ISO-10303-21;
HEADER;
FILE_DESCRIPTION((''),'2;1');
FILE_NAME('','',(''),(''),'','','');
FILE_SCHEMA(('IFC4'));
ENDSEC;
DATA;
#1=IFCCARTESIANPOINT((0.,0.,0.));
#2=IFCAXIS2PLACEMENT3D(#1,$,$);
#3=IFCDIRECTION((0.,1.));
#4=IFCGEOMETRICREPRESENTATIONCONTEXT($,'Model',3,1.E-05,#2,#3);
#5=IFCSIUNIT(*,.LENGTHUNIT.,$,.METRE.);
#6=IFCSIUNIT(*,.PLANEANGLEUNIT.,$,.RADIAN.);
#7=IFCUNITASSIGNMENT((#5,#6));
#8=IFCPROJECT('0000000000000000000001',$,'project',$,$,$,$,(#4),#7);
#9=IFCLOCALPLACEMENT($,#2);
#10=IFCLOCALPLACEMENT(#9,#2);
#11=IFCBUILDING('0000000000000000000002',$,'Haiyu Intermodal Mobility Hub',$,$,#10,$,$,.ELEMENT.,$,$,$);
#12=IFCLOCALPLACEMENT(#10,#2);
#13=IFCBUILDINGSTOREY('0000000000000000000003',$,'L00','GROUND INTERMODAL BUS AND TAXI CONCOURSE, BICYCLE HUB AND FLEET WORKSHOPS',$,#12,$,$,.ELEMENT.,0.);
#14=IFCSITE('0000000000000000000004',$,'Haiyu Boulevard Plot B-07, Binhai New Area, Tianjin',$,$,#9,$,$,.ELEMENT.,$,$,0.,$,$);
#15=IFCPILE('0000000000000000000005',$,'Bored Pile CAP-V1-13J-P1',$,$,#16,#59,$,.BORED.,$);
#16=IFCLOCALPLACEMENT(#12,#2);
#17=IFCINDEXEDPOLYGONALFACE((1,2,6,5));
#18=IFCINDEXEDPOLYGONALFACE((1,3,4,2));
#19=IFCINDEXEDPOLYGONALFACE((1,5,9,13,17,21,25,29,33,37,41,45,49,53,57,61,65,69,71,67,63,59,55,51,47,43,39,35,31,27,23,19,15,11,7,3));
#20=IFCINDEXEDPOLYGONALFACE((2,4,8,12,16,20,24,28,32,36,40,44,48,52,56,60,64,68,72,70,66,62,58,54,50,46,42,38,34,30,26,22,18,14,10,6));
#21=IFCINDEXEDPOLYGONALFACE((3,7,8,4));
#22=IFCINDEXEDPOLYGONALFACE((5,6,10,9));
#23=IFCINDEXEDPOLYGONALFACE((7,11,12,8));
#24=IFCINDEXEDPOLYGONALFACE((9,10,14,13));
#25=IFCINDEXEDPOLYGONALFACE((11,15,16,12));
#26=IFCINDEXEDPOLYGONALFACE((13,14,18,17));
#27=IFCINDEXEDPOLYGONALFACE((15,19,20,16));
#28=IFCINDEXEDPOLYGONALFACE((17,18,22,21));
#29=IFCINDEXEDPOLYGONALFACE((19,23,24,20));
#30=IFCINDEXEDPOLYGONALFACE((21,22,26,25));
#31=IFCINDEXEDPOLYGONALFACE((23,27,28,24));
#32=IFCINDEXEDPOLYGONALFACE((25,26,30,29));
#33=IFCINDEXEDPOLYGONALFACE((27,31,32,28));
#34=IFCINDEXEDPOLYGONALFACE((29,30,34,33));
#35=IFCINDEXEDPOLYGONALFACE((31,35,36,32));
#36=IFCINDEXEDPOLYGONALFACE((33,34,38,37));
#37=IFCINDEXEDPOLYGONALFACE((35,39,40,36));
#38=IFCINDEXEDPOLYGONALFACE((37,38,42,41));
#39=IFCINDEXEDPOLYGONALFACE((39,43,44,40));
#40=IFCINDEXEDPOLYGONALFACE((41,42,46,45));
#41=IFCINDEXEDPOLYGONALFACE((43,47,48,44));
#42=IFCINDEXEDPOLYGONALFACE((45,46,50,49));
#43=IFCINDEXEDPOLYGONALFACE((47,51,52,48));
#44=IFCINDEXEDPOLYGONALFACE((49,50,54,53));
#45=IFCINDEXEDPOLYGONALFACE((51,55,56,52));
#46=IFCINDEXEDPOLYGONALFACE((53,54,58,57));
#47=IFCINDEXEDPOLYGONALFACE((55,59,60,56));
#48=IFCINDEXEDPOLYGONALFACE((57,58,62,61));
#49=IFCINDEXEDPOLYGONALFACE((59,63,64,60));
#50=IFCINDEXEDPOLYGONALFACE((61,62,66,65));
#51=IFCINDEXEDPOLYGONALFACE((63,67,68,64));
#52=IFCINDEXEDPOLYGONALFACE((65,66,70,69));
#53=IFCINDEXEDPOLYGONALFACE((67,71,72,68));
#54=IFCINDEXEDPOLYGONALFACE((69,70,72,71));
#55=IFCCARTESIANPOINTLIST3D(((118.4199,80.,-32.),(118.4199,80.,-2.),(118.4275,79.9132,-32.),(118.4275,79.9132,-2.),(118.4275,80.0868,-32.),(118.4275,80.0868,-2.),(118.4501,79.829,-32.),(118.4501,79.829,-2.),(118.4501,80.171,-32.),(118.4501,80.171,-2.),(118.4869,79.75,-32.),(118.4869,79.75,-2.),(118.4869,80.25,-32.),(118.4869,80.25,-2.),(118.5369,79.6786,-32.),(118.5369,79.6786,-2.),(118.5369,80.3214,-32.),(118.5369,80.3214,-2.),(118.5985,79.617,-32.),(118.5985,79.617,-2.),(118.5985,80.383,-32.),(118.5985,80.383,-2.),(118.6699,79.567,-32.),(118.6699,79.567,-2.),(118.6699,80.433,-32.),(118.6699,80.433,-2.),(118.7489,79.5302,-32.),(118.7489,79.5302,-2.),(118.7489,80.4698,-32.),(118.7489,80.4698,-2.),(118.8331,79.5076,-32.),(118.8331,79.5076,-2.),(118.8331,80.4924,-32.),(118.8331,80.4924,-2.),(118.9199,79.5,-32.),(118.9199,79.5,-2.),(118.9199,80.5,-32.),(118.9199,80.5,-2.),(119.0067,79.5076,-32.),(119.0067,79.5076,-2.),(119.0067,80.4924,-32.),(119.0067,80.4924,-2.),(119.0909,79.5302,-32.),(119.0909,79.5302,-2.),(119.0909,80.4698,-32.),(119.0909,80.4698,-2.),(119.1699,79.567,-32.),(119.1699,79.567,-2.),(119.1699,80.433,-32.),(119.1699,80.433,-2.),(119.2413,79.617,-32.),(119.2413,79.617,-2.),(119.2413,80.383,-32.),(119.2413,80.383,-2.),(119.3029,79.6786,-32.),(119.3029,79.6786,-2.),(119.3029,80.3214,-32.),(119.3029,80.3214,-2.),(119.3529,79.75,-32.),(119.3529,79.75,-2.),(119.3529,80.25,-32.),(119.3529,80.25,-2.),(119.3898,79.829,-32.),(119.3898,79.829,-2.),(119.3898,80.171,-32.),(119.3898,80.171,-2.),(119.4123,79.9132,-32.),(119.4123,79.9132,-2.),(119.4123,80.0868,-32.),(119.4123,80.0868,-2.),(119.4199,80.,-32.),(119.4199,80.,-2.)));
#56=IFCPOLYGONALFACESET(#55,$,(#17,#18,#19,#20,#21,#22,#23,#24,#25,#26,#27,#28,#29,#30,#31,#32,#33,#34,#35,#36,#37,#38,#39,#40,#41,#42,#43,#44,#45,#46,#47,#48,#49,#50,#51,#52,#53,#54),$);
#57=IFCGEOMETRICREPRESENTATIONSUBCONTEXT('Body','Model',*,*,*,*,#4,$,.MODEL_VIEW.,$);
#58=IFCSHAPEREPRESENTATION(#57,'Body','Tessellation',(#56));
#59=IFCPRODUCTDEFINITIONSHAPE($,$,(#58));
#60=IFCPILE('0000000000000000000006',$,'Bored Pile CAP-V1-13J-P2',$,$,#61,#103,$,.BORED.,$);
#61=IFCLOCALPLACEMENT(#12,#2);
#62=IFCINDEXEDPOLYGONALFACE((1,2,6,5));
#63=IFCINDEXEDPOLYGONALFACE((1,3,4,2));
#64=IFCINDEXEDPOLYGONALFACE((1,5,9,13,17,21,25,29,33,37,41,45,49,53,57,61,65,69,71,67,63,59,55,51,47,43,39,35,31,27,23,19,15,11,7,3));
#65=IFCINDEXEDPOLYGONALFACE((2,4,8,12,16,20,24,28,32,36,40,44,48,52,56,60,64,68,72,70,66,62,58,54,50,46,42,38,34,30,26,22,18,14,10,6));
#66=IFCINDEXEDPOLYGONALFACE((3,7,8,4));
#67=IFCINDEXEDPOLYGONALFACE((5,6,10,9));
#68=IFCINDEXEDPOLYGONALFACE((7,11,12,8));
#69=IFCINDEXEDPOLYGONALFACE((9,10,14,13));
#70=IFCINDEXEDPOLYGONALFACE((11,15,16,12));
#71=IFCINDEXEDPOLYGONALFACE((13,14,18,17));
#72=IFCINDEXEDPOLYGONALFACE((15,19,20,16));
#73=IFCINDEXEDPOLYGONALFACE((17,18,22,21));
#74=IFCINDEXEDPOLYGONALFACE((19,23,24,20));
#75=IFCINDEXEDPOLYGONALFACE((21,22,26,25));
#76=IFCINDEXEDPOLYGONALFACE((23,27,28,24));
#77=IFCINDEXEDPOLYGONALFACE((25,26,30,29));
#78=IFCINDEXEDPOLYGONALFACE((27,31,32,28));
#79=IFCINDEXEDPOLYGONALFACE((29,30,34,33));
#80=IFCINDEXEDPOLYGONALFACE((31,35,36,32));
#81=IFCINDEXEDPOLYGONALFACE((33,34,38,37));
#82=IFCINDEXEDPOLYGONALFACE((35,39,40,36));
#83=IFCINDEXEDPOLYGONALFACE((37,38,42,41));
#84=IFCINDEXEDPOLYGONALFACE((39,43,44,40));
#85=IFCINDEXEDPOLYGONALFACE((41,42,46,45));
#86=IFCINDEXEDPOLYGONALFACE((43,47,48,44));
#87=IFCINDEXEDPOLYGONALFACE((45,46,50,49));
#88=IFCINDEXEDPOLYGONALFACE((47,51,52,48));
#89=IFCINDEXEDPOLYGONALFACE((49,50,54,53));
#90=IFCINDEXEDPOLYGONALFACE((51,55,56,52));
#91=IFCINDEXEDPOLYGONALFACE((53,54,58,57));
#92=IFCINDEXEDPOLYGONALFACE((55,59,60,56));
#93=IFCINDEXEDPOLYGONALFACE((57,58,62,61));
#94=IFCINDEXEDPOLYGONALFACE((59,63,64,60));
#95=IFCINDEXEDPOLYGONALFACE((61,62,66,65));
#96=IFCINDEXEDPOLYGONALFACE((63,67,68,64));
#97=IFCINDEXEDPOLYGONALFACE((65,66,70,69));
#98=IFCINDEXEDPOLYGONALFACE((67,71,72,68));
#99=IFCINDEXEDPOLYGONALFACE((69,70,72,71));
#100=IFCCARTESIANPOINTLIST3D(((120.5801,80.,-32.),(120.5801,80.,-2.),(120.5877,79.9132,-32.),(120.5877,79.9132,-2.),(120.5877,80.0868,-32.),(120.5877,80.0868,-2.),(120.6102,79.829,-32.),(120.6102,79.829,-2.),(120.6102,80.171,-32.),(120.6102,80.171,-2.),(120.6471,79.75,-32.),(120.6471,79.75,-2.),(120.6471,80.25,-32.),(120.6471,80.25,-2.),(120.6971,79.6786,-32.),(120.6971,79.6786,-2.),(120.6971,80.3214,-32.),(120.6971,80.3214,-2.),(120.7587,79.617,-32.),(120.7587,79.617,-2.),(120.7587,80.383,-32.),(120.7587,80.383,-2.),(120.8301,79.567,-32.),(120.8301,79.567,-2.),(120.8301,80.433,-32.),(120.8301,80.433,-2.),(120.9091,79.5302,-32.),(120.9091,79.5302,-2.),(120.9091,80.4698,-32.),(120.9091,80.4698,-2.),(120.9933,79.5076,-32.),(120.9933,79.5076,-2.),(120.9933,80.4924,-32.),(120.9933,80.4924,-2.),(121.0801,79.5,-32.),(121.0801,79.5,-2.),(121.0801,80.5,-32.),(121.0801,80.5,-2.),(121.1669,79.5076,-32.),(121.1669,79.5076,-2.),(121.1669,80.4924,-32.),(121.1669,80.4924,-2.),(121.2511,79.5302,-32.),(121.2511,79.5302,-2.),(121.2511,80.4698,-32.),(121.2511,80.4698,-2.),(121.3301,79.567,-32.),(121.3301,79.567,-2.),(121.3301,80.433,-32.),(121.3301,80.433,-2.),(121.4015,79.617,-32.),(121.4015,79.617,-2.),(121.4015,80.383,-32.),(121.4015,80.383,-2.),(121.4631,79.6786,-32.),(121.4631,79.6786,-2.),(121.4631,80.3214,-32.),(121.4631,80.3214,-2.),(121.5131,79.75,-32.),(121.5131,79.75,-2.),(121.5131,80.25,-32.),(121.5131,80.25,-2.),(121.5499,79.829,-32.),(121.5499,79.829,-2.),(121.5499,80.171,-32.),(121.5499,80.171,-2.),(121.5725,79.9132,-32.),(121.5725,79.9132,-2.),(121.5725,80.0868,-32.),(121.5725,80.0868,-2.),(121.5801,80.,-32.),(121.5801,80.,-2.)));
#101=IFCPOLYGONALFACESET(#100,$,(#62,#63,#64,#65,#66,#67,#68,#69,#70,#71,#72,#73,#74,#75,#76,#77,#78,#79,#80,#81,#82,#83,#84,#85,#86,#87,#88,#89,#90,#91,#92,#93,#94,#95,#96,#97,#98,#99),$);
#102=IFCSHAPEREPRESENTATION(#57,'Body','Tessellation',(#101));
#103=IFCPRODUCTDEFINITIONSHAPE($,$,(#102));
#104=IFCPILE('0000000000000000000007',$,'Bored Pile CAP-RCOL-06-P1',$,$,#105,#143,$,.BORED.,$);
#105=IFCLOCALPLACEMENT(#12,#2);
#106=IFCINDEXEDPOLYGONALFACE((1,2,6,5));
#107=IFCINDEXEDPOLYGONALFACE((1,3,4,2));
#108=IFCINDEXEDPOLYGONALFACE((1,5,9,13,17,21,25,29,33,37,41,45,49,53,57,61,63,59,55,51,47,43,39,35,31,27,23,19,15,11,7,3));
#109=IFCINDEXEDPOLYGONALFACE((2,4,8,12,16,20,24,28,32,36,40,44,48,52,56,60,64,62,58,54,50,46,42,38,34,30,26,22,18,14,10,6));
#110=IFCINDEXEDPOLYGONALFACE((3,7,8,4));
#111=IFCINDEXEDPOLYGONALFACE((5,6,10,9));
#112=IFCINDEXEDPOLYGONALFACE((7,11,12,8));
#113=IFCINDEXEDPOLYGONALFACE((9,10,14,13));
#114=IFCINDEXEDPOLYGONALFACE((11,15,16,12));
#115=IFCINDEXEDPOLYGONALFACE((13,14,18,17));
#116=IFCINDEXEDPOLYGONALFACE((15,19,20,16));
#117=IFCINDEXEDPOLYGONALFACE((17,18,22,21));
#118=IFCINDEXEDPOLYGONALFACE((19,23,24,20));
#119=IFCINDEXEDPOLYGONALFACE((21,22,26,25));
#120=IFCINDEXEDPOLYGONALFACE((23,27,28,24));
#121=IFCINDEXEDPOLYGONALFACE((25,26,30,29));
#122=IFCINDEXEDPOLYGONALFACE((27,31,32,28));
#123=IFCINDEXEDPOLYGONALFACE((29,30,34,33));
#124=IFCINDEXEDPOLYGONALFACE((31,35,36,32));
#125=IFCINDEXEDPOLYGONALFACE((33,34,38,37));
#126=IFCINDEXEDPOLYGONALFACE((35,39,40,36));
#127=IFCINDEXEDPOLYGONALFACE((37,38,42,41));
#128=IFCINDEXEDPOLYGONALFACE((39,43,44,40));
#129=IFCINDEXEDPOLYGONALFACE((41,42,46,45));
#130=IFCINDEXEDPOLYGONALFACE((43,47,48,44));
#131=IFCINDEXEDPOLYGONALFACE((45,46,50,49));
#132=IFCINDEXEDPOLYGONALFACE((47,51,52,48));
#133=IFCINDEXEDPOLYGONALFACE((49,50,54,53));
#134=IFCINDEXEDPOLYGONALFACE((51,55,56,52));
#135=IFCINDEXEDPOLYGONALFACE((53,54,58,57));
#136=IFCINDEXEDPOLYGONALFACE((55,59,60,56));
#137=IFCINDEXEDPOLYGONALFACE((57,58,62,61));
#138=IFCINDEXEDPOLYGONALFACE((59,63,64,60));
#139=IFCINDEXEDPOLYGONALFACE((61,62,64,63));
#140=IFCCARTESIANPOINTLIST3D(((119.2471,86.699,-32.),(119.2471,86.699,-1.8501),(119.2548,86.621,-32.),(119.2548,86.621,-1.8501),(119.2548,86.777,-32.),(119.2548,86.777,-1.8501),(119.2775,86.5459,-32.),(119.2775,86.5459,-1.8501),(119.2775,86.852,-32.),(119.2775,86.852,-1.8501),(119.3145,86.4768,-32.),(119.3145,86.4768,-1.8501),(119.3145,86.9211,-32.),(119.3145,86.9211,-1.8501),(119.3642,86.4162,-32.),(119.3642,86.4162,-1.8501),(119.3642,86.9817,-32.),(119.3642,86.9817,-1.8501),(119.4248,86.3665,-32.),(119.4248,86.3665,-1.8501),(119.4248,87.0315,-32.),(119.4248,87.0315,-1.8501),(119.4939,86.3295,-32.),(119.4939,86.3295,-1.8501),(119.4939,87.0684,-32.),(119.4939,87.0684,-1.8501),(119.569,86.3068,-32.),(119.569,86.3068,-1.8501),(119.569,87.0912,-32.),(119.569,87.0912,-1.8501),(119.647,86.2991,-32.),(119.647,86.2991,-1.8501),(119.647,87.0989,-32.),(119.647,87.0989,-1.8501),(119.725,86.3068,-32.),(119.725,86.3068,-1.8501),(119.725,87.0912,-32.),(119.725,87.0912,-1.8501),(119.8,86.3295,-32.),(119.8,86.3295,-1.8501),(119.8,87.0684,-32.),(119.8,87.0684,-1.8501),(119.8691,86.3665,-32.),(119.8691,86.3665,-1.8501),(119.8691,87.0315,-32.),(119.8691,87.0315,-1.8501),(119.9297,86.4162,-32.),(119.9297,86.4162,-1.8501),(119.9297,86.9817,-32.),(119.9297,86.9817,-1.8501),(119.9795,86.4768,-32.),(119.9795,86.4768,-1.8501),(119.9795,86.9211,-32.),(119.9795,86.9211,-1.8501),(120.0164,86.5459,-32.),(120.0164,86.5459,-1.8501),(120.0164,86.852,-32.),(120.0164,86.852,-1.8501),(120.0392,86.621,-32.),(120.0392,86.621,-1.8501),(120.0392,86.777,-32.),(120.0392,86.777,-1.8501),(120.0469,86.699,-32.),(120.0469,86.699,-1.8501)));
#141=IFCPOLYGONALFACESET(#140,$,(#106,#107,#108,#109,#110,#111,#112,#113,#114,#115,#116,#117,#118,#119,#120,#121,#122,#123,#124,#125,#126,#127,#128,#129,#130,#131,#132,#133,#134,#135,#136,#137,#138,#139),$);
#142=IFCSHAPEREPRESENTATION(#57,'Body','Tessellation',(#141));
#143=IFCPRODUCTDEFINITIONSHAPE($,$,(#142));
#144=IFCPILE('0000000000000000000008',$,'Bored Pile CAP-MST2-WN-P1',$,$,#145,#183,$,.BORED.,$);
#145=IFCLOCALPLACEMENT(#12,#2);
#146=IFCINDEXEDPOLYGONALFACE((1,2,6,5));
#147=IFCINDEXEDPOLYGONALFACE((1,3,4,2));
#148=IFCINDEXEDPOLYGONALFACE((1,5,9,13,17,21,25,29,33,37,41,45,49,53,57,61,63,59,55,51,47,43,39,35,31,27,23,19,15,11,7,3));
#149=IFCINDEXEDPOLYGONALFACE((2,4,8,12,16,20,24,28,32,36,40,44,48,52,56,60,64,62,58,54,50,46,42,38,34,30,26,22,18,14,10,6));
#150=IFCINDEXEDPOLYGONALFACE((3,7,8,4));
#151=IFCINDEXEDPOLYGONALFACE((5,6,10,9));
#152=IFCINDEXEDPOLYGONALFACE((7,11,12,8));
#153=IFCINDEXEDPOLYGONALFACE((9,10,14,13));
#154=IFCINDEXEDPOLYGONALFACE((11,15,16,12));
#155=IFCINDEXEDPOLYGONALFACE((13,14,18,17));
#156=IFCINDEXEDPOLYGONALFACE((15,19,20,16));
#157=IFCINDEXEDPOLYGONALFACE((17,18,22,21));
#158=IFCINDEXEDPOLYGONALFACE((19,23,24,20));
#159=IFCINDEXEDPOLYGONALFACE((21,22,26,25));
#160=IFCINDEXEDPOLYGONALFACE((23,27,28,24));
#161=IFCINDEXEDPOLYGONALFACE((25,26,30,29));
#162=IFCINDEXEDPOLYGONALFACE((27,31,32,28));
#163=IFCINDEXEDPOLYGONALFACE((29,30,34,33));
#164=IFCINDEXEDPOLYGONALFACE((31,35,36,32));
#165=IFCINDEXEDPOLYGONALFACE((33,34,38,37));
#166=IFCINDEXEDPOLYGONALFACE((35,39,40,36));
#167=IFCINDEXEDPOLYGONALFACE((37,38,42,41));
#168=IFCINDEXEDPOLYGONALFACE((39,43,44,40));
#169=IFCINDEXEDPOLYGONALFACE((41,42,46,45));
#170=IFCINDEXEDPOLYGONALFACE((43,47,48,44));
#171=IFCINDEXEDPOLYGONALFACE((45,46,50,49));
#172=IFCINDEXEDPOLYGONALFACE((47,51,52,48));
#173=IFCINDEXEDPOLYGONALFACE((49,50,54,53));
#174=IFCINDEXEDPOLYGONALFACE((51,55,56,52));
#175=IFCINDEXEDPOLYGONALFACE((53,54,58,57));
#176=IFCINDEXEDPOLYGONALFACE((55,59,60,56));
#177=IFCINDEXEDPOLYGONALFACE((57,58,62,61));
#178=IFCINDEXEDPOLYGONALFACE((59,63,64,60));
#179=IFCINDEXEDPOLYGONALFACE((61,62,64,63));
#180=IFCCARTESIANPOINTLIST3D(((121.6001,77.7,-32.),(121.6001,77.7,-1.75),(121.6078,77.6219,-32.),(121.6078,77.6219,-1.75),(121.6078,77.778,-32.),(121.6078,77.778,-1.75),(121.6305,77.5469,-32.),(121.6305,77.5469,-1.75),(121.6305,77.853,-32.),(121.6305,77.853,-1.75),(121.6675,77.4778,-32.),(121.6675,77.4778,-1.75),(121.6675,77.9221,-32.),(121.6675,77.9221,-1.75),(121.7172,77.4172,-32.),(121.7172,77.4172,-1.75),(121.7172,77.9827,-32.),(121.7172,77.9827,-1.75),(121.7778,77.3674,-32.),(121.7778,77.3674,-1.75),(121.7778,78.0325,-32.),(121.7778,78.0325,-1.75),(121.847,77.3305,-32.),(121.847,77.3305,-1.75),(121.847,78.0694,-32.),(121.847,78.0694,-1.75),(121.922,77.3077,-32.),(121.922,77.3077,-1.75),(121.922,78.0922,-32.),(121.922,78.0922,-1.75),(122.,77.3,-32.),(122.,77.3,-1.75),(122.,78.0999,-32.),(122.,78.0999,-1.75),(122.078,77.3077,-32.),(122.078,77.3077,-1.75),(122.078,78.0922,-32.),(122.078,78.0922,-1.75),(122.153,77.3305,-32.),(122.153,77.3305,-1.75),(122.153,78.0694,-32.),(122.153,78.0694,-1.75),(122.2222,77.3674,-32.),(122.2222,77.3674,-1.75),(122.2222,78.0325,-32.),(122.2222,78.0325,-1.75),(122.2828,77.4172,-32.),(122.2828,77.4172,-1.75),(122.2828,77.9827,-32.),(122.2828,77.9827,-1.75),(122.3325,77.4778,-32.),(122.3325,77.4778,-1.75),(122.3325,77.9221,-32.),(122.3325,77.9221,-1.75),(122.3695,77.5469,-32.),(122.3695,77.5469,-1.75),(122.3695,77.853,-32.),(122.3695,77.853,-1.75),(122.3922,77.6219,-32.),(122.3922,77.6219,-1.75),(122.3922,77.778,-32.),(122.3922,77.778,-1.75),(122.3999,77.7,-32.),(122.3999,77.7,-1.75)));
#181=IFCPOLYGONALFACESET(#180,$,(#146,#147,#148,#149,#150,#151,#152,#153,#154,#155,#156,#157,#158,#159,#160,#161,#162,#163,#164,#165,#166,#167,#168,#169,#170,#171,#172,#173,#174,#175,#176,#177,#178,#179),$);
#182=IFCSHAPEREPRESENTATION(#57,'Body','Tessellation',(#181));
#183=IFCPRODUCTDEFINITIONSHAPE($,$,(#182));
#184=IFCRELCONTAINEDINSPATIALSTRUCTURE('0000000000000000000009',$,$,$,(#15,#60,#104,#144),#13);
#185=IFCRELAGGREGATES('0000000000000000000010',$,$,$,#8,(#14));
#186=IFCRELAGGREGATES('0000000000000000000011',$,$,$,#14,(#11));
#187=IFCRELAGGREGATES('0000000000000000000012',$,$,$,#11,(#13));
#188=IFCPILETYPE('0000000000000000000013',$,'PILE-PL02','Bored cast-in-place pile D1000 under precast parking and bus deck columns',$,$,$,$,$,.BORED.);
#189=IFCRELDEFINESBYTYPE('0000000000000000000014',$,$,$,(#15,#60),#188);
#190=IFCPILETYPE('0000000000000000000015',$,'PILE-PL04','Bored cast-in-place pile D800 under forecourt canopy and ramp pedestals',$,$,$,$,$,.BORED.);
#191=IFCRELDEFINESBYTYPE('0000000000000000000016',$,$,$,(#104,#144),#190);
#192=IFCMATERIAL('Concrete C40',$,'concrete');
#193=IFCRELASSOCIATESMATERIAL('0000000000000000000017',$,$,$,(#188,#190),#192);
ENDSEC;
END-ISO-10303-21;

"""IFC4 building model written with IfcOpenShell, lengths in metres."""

from ifc_helpers import new_model, si_unit, direction, frame, origin, origin_2d, place, context, subcontext, project, spatial, circle, extrude, material, material_profile, profile_set, type_object, element, save


model = new_model("IFC4")

# Units and contexts
model_context = context("Model", 3, precision=1e-05, world=origin(), true_north=direction((0.0, 1.0)))
body_context = subcontext(model_context, "Body", "Model", "MODEL_VIEW")
ifc_project = project(units=[si_unit("LENGTHUNIT", "METRE"), si_unit("PLANEANGLEUNIT", "RADIAN")], contexts=[model_context])

# Site, building, storey
site_placement = place(None, origin())
site = spatial("IfcSite", under=ifc_project, at=site_placement, Name="Haiyu Boulevard Plot B-07, Binhai New Area, Tianjin", CompositionType="ELEMENT", RefElevation=0.0)
building_placement = place(site_placement, origin())
building = spatial("IfcBuilding", under=site, at=building_placement, Name="Haiyu Intermodal Mobility Hub", CompositionType="ELEMENT")
storey_placement = place(building_placement, origin())
storey = spatial("IfcBuildingStorey", under=building, at=storey_placement, Name="L00", Description="GROUND INTERMODAL BUS AND TAXI CONCOURSE, BICYCLE HUB AND FLEET WORKSHOPS", CompositionType="ELEMENT", Elevation=0.0)

# Shared definitions
ifc_material_1 = material(Name="Concrete C40", Category="concrete")

# Piles
ifc_material_profile_1 = material_profile(ifc_material_1, circle(Radius=0.5, at=origin_2d()), Name="PILE-D1000")
ifc_profile_set_1 = profile_set([ifc_material_profile_1], Name="Concrete C40")
pile_type_1 = type_object("IfcPileType", Name="PILE-PL02", Description="Bored cast-in-place pile D1000 under precast parking and bus deck columns", PredefinedType="BORED", material=ifc_profile_set_1)
for number, where, z_axis, x_axis, name in (
    (1, (118.9199, 80.0, -2.0), (0.0, 0.0, -1.0), (1.0, 0.0, 0.0), "Bored Pile CAP-V1-13J-P1"),
    (2, (121.0801, 80.0, -2.0), (0.0, 0.0, -1.0), (1.0, 0.0, 0.0), "Bored Pile CAP-V1-13J-P2"),
):
    element("IfcPile", number, at=place(storey_placement, frame(where, z_axis=z_axis, x_axis=x_axis)), inside=storey, type_object=pile_type_1, Name=name, PredefinedType="BORED", context=body_context, shape_type="SweptSolid", body=[
        extrude(circle(Radius=0.5, at=origin_2d()), origin(), (0.0, 0.0, 1.0), 30.0),
    ])
ifc_material_profile_2 = material_profile(ifc_material_1, circle(Radius=0.3999, at=origin_2d()), Name="PILE-D800")
ifc_profile_set_2 = profile_set([ifc_material_profile_2], Name="Concrete C40")
pile_type_2 = type_object("IfcPileType", Name="PILE-PL04", Description="Bored cast-in-place pile D800 under forecourt canopy and ramp pedestals", PredefinedType="BORED", material=ifc_profile_set_2)
pile_1_placement = place(storey_placement, frame((119.647, 86.699, -1.8501), z_axis=(0.0, 0.0, -1.0), x_axis=(1.0, 0.0, 0.0)))
element("IfcPile", 3, at=pile_1_placement, inside=storey, type_object=pile_type_2, Name="Bored Pile CAP-RCOL-06-P1", PredefinedType="BORED", context=body_context, shape_type="SweptSolid", body=[
    extrude(circle(Radius=0.3999, at=origin_2d()), origin(), (0.0, 0.0, 1.0), 30.1499),
])
pile_2_placement = place(storey_placement, frame((122.0, 77.7, -1.75), z_axis=(0.0, 0.0, -1.0), x_axis=(1.0, 0.0, 0.0)))
element("IfcPile", 4, at=pile_2_placement, inside=storey, type_object=pile_type_2, Name="Bored Pile CAP-MST2-WN-P1", PredefinedType="BORED", context=body_context, shape_type="SweptSolid", body=[
    extrude(circle(Radius=0.3999, at=origin_2d()), origin(), (0.0, 0.0, 1.0), 30.25),
])

save(model, "model.ifc")
